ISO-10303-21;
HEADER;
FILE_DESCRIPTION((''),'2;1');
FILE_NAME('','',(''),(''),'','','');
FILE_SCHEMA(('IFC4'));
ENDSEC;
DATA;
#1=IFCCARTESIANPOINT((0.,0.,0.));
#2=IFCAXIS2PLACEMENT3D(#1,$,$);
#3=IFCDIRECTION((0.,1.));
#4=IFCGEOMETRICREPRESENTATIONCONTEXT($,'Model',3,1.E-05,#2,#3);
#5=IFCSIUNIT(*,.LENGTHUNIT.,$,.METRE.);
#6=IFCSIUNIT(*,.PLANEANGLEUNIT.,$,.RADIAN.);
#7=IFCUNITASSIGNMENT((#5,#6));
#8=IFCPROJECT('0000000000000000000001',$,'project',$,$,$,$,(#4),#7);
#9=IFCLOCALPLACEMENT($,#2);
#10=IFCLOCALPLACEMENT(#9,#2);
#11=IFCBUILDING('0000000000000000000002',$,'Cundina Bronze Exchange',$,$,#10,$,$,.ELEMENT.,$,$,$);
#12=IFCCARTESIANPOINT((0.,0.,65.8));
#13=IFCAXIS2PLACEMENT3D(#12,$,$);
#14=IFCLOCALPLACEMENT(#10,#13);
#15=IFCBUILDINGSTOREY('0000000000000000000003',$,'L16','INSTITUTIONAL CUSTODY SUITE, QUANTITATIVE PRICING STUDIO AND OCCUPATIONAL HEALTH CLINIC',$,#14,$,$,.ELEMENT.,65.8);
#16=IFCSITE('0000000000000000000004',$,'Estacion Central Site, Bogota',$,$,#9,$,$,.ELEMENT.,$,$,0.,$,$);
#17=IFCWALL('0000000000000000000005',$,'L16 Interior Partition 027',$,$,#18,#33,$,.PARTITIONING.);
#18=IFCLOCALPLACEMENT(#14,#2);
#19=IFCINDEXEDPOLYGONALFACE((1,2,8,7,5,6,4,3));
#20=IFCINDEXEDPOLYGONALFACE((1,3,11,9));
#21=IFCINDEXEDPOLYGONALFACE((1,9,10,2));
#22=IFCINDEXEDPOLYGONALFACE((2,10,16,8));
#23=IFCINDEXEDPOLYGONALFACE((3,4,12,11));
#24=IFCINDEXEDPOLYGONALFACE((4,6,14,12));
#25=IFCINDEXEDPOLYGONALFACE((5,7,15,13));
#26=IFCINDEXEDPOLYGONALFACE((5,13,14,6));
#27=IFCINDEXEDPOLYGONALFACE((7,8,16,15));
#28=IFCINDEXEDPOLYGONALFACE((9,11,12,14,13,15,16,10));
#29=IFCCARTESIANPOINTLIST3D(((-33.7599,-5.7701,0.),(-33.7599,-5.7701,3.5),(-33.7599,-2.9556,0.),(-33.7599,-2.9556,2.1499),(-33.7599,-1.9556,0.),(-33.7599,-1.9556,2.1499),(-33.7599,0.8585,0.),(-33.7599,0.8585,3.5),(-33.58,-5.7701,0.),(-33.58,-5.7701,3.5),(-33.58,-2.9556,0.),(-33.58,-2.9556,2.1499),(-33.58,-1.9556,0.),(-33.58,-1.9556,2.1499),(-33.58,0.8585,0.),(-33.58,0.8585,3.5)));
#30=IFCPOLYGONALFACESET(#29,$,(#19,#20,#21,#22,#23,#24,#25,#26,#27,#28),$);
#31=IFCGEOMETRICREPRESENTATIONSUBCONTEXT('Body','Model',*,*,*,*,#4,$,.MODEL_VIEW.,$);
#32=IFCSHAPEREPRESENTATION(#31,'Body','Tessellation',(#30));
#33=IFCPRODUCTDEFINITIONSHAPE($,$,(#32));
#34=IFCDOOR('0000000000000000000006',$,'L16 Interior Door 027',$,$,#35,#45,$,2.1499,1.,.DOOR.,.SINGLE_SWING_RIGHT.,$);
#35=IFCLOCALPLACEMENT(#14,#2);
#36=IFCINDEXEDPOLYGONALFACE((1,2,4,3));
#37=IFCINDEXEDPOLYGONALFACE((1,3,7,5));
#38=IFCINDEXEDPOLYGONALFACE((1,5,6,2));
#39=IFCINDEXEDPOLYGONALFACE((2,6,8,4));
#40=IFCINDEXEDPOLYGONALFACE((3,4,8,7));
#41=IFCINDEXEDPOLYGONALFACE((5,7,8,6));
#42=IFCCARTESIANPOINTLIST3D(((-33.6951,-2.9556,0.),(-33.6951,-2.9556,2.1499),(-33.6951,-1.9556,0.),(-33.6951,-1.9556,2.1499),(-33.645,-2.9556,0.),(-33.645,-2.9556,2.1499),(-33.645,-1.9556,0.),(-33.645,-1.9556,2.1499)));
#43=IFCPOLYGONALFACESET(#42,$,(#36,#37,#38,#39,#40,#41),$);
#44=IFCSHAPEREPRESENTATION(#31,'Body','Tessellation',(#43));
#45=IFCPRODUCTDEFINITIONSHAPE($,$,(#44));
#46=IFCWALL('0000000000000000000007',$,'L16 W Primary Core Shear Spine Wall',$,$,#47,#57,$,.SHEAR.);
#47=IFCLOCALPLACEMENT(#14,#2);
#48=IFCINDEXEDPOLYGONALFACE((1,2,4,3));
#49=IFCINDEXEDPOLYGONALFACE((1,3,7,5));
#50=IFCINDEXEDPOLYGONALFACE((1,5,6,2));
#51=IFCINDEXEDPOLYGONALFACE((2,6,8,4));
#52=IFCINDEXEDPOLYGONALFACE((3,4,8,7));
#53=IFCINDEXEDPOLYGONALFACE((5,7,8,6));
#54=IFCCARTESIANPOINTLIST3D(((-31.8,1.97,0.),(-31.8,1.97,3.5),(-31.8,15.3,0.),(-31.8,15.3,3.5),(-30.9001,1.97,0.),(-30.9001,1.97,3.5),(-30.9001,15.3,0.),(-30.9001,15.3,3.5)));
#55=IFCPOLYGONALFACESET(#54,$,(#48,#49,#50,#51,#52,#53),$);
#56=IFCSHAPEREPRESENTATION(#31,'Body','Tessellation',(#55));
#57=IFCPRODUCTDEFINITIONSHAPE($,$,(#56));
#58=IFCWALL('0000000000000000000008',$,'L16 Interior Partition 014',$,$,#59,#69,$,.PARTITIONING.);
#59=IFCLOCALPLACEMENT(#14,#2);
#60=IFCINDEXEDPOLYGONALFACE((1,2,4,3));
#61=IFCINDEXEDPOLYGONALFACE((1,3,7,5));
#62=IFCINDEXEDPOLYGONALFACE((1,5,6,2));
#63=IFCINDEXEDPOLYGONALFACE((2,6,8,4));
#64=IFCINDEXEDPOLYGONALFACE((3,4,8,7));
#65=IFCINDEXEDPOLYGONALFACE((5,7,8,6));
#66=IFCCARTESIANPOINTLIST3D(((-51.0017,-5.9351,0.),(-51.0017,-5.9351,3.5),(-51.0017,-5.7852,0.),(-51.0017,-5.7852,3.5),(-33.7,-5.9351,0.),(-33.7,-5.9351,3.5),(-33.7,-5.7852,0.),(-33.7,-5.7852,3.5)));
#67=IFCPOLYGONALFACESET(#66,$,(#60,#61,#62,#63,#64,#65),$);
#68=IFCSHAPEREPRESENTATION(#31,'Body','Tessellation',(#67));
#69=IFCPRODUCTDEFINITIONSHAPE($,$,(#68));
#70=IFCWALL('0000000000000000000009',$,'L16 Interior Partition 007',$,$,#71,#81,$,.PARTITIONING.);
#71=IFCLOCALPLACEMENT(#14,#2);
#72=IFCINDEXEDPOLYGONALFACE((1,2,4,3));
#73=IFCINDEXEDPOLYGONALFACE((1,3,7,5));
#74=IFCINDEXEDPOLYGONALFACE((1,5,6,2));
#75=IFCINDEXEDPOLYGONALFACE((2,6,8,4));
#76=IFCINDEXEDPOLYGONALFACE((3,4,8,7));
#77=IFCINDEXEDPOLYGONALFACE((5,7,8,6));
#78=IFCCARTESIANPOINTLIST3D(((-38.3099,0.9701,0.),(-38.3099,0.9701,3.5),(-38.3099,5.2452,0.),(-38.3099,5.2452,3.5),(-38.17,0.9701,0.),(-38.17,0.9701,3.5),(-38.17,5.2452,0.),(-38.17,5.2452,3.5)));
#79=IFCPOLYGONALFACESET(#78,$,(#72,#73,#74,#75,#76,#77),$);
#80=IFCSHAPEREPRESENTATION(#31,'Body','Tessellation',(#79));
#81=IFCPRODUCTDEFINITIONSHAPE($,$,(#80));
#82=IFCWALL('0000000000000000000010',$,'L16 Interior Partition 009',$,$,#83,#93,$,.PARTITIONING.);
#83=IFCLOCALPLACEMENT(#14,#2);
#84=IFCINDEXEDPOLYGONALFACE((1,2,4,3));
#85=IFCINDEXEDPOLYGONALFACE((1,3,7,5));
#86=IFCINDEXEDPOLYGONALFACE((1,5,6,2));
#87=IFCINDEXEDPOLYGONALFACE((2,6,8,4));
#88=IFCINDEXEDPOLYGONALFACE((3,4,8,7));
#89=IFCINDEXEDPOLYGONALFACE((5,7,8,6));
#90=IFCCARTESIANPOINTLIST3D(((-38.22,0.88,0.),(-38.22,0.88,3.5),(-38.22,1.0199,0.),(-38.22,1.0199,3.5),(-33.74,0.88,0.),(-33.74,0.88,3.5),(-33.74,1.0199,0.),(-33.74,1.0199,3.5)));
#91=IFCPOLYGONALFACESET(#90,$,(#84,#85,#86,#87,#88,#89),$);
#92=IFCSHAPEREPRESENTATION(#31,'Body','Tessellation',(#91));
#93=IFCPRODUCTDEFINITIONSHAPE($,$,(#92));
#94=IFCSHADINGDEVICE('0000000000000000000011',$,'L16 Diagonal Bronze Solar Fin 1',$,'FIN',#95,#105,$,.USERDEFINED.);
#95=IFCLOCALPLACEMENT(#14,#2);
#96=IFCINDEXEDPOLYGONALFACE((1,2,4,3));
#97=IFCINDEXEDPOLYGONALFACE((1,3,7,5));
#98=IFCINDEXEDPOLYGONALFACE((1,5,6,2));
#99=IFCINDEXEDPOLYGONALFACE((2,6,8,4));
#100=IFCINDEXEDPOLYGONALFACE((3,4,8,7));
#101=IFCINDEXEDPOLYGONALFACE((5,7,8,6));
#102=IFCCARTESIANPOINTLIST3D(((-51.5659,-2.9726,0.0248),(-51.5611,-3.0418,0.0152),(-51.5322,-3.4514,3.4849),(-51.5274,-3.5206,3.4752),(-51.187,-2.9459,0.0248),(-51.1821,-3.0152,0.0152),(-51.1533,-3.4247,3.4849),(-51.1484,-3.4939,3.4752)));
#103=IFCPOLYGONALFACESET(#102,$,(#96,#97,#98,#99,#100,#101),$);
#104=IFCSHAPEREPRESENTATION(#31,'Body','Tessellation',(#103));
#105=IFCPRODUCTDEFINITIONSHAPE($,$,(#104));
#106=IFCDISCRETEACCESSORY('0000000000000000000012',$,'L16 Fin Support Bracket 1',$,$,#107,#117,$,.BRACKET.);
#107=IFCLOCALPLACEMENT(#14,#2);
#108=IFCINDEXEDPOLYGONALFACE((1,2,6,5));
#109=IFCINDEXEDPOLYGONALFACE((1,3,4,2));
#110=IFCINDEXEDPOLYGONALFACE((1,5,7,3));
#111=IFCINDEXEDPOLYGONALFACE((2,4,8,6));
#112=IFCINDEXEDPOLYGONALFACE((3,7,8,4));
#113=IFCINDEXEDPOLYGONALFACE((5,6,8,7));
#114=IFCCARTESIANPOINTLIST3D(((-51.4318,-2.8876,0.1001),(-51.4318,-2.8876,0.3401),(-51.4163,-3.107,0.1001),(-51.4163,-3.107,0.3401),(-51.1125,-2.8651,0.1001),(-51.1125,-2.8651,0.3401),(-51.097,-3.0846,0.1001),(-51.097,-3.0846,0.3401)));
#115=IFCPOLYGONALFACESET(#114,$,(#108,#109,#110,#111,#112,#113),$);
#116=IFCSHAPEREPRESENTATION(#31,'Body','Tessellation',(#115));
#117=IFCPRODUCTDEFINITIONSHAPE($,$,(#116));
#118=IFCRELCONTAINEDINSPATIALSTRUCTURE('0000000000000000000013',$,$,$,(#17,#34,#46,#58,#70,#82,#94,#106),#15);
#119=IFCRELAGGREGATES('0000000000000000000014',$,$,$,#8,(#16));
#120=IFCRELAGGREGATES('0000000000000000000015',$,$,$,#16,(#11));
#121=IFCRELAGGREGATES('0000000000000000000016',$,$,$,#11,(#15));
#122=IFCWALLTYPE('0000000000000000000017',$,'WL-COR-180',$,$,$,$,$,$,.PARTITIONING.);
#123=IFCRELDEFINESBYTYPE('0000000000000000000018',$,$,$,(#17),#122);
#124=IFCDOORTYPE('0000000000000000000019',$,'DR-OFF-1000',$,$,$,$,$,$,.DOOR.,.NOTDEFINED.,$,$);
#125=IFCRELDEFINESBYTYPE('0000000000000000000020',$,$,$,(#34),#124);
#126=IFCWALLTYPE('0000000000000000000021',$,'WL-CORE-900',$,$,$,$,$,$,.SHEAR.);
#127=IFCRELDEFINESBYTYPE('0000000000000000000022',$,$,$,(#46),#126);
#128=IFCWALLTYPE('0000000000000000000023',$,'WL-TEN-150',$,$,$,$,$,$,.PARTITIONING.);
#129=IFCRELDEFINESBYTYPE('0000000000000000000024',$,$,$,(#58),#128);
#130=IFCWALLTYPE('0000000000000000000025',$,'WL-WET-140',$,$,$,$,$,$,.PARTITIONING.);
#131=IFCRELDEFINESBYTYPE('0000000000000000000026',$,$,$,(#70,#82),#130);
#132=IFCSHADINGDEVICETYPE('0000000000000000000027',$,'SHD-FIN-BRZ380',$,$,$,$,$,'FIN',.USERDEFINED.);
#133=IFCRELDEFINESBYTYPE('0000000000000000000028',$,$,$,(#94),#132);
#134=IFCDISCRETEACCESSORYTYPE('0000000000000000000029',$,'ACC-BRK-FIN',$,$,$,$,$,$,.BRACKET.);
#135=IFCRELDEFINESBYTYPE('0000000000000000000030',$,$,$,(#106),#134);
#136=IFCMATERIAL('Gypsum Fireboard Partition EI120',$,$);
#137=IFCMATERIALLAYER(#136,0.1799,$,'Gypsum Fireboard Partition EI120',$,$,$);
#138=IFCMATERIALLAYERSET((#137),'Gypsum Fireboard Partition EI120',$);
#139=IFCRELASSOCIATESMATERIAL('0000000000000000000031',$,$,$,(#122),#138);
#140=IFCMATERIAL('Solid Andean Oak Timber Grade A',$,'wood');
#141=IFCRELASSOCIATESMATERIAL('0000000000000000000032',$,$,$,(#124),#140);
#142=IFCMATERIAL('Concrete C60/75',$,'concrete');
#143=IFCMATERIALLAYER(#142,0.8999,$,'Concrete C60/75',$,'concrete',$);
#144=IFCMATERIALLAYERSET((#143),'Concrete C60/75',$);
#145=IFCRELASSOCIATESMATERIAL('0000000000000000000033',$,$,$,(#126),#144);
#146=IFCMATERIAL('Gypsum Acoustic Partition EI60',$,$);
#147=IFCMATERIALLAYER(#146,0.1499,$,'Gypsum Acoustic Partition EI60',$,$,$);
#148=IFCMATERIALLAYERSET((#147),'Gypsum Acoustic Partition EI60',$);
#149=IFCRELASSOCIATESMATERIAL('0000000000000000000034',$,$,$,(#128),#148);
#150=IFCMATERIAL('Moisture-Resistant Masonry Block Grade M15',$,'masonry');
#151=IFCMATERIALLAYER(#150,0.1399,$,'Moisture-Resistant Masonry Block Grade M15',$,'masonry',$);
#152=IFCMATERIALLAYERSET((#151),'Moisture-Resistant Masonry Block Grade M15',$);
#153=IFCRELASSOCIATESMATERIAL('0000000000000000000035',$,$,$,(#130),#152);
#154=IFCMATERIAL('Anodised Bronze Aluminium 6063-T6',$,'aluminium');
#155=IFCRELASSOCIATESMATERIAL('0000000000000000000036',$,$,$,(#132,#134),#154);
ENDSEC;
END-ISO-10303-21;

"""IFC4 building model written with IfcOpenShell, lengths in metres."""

from ifc_helpers import new_model, si_unit, direction, frame, frame_2d, origin, origin_2d, place, context, subcontext, project, spatial, rectangle, extrude, material, layer, layer_set, material_profile, profile_set, type_object, element, fill, save


model = new_model("IFC4")

# Units and contexts
model_context = context("Model", 3, precision=1e-05, world=origin(), true_north=direction((0.0, 1.0)))
body_context = subcontext(model_context, "Body", "Model", "MODEL_VIEW")
ifc_project = project(units=[si_unit("LENGTHUNIT", "METRE"), si_unit("PLANEANGLEUNIT", "RADIAN")], contexts=[model_context])

# Site, building, storey
site_placement = place(None, origin())
site = spatial("IfcSite", under=ifc_project, at=site_placement, Name="Estacion Central Site, Bogota", CompositionType="ELEMENT", RefElevation=0.0)
building_placement = place(site_placement, origin())
building = spatial("IfcBuilding", under=site, at=building_placement, Name="Cundina Bronze Exchange", CompositionType="ELEMENT")
storey_placement = place(building_placement, frame((0.0, 0.0, 65.8)))
storey = spatial("IfcBuildingStorey", under=building, at=storey_placement, Name="L16", Description="INSTITUTIONAL CUSTODY SUITE, QUANTITATIVE PRICING STUDIO AND OCCUPATIONAL HEALTH CLINIC", CompositionType="ELEMENT", Elevation=65.8)

# Shared definitions
ifc_material_1 = material(Name="Concrete C60/75", Category="concrete")

# Shared definitions
ifc_material_2 = material(Name="Anodised Bronze Aluminium 6063-T6", Category="aluminium")

# Shared definitions
ifc_material_3 = material(Name="Gypsum Fireboard Partition EI120")
ifc_layer_1 = layer(ifc_material_3, 0.1799, Name="Gypsum Fireboard Partition EI120")
ifc_layer_set_1 = layer_set([ifc_layer_1], Name="Gypsum Fireboard Partition EI120")
wall_type_1 = type_object("IfcWallType", Name="WL-COR-180", PredefinedType="PARTITIONING", material=ifc_layer_set_1)
ifc_material_4 = material(Name="Solid Andean Oak Timber Grade A", Category="wood")

# Wall, opening, door
wall_1_placement = place(storey_placement, frame((-33.6699, 0.8586, 0.0), z_axis=(0.0, 0.0, 1.0), x_axis=(0.0, -1.0, 0.0)))
wall_1 = element("IfcWall", 1, at=wall_1_placement, inside=storey, type_object=wall_type_1, Name="L16 Interior Partition 027", PredefinedType="PARTITIONING", context=body_context, shape_type="SweptSolid", body=[
    extrude(rectangle(XDim=6.6287, YDim=0.1799, at=frame_2d((3.3145, 0.0))), origin(), (0.0, 0.0, 1.0), 3.5),
])
opening_1_placement = place(wall_1_placement, frame((2.8142, 0.0, 0.0)))
opening_1 = element("IfcOpeningElement", 2, at=opening_1_placement, cuts=wall_1, PredefinedType="OPENING", context=body_context, shape_type="SweptSolid", body=[
    extrude(rectangle(XDim=1.0, YDim=2.1499, at=frame_2d((0.5, 1.075))), frame((0.0, 0.0999, 0.0), z_axis=(0.0, -1.0, 0.0), x_axis=(1.0, 0.0, 0.0)), (0.0, 0.0, 1.0), 0.2),
])
door_type_1 = type_object("IfcDoorType", Name="DR-OFF-1000", OperationType="NOTDEFINED", PredefinedType="DOOR", material=ifc_material_4)
door_1_placement = place(opening_1_placement, origin())
door_1 = element("IfcDoor", 3, at=door_1_placement, inside=storey, type_object=door_type_1, Name="L16 Interior Door 027", OperationType="SINGLE_SWING_RIGHT", OverallHeight=2.1499, OverallWidth=1.0, PredefinedType="DOOR", context=body_context, shape_type="SweptSolid", body=[
    extrude(rectangle(XDim=1.0, YDim=2.1499, at=frame_2d((0.5, 1.075))), frame((0.0, 0.0249, 0.0), z_axis=(0.0, -1.0, 0.0), x_axis=(1.0, 0.0, 0.0)), (0.0, 0.0, 1.0), 0.05),
])
fill(opening_1, door_1)

# Walls
ifc_layer_2 = layer(ifc_material_1, 0.8999, Name="Concrete C60/75", Category="concrete")
ifc_layer_set_2 = layer_set([ifc_layer_2], Name="Concrete C60/75")
wall_type_2 = type_object("IfcWallType", Name="WL-CORE-900", PredefinedType="SHEAR", material=ifc_layer_set_2)
wall_2_placement = place(storey_placement, frame((-31.3501, 1.97, 0.0), z_axis=(0.0, 0.0, 1.0), x_axis=(0.0, 1.0, 0.0)))
element("IfcWall", 4, at=wall_2_placement, inside=storey, type_object=wall_type_2, Name="L16 W Primary Core Shear Spine Wall", PredefinedType="SHEAR", context=body_context, shape_type="SweptSolid", body=[
    extrude(rectangle(XDim=13.3301, YDim=0.8999, at=frame_2d((6.665, 0.0))), origin(), (0.0, 0.0, 1.0), 3.5),
])
ifc_material_5 = material(Name="Gypsum Acoustic Partition EI60")
ifc_layer_3 = layer(ifc_material_5, 0.1499, Name="Gypsum Acoustic Partition EI60")
ifc_layer_set_3 = layer_set([ifc_layer_3], Name="Gypsum Acoustic Partition EI60")
wall_type_3 = type_object("IfcWallType", Name="WL-TEN-150", PredefinedType="PARTITIONING", material=ifc_layer_set_3)
wall_3_placement = place(storey_placement, frame((-51.0017, -5.8601, 0.0), z_axis=(0.0, 0.0, 1.0), x_axis=(1.0, 0.0, 0.0)))
element("IfcWall", 5, at=wall_3_placement, inside=storey, type_object=wall_type_3, Name="L16 Interior Partition 014", PredefinedType="PARTITIONING", context=body_context, shape_type="SweptSolid", body=[
    extrude(rectangle(XDim=17.3018, YDim=0.1499, at=frame_2d((8.6509, 0.0))), origin(), (0.0, 0.0, 1.0), 3.5),
])
ifc_material_6 = material(Name="Moisture-Resistant Masonry Block Grade M15", Category="masonry")
ifc_layer_4 = layer(ifc_material_6, 0.1399, Name="Moisture-Resistant Masonry Block Grade M15", Category="masonry")
ifc_layer_set_4 = layer_set([ifc_layer_4], Name="Moisture-Resistant Masonry Block Grade M15")
wall_type_4 = type_object("IfcWallType", Name="WL-WET-140", PredefinedType="PARTITIONING", material=ifc_layer_set_4)
wall_4_placement = place(storey_placement, frame((-38.24, 0.97, 0.0), z_axis=(0.0, 0.0, 1.0), x_axis=(0.0, 1.0, 0.0)))
element("IfcWall", 6, at=wall_4_placement, inside=storey, type_object=wall_type_4, Name="L16 Interior Partition 007", PredefinedType="PARTITIONING", context=body_context, shape_type="SweptSolid", body=[
    extrude(rectangle(XDim=4.2751, YDim=0.1399, at=frame_2d((2.1377, 0.0))), origin(), (0.0, 0.0, 1.0), 3.5),
])
wall_5_placement = place(storey_placement, frame((-38.22, 0.95, 0.0), z_axis=(0.0, 0.0, 1.0), x_axis=(1.0, 0.0, 0.0)))
element("IfcWall", 7, at=wall_5_placement, inside=storey, type_object=wall_type_4, Name="L16 Interior Partition 009", PredefinedType="PARTITIONING", context=body_context, shape_type="SweptSolid", body=[
    extrude(rectangle(XDim=4.48, YDim=0.1399, at=frame_2d((2.24, 0.0))), origin(), (0.0, 0.0, 1.0), 3.5),
])

# Shading device
ifc_material_profile_1 = material_profile(ifc_material_2, rectangle(XDim=0.0701, YDim=0.3799, at=origin_2d()), Name="FIN70X380", Category="aluminium")
ifc_profile_set_1 = profile_set([ifc_material_profile_1], Name="Anodised Bronze Aluminium 6063-T6")
shading_device_type = type_object("IfcShadingDeviceType", Name="SHD-FIN-BRZ380", ElementType="FIN", PredefinedType="USERDEFINED", material=ifc_profile_set_1)
shading_device_placement = place(storey_placement, frame((-51.374, -2.9939, 0.02), z_axis=(0.009645, -0.137059, 0.990516), x_axis=(-0.069533, 0.988072, 0.137398)))
element("IfcShadingDevice", 8, at=shading_device_placement, inside=storey, type_object=shading_device_type, Name="L16 Diagonal Bronze Solar Fin 1", ObjectType="FIN", PredefinedType="USERDEFINED", context=body_context, shape_type="SweptSolid", body=[
    extrude(rectangle(XDim=0.0701, YDim=0.3799, at=origin_2d()), origin(), (0.0, 0.0, 1.0), 3.4932),
])

# Discrete accessory
discrete_accessory_type = type_object("IfcDiscreteAccessoryType", Name="ACC-BRK-FIN", PredefinedType="BRACKET", material=ifc_material_2)
discrete_accessory_placement = place(storey_placement, frame((-51.2644, -2.9861, 0.1001), z_axis=(0.0, 0.0, 1.0), x_axis=(0.070279, -0.997527, 0.0)))
element("IfcDiscreteAccessory", 9, at=discrete_accessory_placement, inside=storey, type_object=discrete_accessory_type, Name="L16 Fin Support Bracket 1", PredefinedType="BRACKET", context=body_context, shape_type="SweptSolid", body=[
    extrude(rectangle(XDim=0.22, YDim=0.3201, at=origin_2d()), origin(), (0.0, 0.0, 1.0), 0.24),
])

save(model, "model.ifc")
